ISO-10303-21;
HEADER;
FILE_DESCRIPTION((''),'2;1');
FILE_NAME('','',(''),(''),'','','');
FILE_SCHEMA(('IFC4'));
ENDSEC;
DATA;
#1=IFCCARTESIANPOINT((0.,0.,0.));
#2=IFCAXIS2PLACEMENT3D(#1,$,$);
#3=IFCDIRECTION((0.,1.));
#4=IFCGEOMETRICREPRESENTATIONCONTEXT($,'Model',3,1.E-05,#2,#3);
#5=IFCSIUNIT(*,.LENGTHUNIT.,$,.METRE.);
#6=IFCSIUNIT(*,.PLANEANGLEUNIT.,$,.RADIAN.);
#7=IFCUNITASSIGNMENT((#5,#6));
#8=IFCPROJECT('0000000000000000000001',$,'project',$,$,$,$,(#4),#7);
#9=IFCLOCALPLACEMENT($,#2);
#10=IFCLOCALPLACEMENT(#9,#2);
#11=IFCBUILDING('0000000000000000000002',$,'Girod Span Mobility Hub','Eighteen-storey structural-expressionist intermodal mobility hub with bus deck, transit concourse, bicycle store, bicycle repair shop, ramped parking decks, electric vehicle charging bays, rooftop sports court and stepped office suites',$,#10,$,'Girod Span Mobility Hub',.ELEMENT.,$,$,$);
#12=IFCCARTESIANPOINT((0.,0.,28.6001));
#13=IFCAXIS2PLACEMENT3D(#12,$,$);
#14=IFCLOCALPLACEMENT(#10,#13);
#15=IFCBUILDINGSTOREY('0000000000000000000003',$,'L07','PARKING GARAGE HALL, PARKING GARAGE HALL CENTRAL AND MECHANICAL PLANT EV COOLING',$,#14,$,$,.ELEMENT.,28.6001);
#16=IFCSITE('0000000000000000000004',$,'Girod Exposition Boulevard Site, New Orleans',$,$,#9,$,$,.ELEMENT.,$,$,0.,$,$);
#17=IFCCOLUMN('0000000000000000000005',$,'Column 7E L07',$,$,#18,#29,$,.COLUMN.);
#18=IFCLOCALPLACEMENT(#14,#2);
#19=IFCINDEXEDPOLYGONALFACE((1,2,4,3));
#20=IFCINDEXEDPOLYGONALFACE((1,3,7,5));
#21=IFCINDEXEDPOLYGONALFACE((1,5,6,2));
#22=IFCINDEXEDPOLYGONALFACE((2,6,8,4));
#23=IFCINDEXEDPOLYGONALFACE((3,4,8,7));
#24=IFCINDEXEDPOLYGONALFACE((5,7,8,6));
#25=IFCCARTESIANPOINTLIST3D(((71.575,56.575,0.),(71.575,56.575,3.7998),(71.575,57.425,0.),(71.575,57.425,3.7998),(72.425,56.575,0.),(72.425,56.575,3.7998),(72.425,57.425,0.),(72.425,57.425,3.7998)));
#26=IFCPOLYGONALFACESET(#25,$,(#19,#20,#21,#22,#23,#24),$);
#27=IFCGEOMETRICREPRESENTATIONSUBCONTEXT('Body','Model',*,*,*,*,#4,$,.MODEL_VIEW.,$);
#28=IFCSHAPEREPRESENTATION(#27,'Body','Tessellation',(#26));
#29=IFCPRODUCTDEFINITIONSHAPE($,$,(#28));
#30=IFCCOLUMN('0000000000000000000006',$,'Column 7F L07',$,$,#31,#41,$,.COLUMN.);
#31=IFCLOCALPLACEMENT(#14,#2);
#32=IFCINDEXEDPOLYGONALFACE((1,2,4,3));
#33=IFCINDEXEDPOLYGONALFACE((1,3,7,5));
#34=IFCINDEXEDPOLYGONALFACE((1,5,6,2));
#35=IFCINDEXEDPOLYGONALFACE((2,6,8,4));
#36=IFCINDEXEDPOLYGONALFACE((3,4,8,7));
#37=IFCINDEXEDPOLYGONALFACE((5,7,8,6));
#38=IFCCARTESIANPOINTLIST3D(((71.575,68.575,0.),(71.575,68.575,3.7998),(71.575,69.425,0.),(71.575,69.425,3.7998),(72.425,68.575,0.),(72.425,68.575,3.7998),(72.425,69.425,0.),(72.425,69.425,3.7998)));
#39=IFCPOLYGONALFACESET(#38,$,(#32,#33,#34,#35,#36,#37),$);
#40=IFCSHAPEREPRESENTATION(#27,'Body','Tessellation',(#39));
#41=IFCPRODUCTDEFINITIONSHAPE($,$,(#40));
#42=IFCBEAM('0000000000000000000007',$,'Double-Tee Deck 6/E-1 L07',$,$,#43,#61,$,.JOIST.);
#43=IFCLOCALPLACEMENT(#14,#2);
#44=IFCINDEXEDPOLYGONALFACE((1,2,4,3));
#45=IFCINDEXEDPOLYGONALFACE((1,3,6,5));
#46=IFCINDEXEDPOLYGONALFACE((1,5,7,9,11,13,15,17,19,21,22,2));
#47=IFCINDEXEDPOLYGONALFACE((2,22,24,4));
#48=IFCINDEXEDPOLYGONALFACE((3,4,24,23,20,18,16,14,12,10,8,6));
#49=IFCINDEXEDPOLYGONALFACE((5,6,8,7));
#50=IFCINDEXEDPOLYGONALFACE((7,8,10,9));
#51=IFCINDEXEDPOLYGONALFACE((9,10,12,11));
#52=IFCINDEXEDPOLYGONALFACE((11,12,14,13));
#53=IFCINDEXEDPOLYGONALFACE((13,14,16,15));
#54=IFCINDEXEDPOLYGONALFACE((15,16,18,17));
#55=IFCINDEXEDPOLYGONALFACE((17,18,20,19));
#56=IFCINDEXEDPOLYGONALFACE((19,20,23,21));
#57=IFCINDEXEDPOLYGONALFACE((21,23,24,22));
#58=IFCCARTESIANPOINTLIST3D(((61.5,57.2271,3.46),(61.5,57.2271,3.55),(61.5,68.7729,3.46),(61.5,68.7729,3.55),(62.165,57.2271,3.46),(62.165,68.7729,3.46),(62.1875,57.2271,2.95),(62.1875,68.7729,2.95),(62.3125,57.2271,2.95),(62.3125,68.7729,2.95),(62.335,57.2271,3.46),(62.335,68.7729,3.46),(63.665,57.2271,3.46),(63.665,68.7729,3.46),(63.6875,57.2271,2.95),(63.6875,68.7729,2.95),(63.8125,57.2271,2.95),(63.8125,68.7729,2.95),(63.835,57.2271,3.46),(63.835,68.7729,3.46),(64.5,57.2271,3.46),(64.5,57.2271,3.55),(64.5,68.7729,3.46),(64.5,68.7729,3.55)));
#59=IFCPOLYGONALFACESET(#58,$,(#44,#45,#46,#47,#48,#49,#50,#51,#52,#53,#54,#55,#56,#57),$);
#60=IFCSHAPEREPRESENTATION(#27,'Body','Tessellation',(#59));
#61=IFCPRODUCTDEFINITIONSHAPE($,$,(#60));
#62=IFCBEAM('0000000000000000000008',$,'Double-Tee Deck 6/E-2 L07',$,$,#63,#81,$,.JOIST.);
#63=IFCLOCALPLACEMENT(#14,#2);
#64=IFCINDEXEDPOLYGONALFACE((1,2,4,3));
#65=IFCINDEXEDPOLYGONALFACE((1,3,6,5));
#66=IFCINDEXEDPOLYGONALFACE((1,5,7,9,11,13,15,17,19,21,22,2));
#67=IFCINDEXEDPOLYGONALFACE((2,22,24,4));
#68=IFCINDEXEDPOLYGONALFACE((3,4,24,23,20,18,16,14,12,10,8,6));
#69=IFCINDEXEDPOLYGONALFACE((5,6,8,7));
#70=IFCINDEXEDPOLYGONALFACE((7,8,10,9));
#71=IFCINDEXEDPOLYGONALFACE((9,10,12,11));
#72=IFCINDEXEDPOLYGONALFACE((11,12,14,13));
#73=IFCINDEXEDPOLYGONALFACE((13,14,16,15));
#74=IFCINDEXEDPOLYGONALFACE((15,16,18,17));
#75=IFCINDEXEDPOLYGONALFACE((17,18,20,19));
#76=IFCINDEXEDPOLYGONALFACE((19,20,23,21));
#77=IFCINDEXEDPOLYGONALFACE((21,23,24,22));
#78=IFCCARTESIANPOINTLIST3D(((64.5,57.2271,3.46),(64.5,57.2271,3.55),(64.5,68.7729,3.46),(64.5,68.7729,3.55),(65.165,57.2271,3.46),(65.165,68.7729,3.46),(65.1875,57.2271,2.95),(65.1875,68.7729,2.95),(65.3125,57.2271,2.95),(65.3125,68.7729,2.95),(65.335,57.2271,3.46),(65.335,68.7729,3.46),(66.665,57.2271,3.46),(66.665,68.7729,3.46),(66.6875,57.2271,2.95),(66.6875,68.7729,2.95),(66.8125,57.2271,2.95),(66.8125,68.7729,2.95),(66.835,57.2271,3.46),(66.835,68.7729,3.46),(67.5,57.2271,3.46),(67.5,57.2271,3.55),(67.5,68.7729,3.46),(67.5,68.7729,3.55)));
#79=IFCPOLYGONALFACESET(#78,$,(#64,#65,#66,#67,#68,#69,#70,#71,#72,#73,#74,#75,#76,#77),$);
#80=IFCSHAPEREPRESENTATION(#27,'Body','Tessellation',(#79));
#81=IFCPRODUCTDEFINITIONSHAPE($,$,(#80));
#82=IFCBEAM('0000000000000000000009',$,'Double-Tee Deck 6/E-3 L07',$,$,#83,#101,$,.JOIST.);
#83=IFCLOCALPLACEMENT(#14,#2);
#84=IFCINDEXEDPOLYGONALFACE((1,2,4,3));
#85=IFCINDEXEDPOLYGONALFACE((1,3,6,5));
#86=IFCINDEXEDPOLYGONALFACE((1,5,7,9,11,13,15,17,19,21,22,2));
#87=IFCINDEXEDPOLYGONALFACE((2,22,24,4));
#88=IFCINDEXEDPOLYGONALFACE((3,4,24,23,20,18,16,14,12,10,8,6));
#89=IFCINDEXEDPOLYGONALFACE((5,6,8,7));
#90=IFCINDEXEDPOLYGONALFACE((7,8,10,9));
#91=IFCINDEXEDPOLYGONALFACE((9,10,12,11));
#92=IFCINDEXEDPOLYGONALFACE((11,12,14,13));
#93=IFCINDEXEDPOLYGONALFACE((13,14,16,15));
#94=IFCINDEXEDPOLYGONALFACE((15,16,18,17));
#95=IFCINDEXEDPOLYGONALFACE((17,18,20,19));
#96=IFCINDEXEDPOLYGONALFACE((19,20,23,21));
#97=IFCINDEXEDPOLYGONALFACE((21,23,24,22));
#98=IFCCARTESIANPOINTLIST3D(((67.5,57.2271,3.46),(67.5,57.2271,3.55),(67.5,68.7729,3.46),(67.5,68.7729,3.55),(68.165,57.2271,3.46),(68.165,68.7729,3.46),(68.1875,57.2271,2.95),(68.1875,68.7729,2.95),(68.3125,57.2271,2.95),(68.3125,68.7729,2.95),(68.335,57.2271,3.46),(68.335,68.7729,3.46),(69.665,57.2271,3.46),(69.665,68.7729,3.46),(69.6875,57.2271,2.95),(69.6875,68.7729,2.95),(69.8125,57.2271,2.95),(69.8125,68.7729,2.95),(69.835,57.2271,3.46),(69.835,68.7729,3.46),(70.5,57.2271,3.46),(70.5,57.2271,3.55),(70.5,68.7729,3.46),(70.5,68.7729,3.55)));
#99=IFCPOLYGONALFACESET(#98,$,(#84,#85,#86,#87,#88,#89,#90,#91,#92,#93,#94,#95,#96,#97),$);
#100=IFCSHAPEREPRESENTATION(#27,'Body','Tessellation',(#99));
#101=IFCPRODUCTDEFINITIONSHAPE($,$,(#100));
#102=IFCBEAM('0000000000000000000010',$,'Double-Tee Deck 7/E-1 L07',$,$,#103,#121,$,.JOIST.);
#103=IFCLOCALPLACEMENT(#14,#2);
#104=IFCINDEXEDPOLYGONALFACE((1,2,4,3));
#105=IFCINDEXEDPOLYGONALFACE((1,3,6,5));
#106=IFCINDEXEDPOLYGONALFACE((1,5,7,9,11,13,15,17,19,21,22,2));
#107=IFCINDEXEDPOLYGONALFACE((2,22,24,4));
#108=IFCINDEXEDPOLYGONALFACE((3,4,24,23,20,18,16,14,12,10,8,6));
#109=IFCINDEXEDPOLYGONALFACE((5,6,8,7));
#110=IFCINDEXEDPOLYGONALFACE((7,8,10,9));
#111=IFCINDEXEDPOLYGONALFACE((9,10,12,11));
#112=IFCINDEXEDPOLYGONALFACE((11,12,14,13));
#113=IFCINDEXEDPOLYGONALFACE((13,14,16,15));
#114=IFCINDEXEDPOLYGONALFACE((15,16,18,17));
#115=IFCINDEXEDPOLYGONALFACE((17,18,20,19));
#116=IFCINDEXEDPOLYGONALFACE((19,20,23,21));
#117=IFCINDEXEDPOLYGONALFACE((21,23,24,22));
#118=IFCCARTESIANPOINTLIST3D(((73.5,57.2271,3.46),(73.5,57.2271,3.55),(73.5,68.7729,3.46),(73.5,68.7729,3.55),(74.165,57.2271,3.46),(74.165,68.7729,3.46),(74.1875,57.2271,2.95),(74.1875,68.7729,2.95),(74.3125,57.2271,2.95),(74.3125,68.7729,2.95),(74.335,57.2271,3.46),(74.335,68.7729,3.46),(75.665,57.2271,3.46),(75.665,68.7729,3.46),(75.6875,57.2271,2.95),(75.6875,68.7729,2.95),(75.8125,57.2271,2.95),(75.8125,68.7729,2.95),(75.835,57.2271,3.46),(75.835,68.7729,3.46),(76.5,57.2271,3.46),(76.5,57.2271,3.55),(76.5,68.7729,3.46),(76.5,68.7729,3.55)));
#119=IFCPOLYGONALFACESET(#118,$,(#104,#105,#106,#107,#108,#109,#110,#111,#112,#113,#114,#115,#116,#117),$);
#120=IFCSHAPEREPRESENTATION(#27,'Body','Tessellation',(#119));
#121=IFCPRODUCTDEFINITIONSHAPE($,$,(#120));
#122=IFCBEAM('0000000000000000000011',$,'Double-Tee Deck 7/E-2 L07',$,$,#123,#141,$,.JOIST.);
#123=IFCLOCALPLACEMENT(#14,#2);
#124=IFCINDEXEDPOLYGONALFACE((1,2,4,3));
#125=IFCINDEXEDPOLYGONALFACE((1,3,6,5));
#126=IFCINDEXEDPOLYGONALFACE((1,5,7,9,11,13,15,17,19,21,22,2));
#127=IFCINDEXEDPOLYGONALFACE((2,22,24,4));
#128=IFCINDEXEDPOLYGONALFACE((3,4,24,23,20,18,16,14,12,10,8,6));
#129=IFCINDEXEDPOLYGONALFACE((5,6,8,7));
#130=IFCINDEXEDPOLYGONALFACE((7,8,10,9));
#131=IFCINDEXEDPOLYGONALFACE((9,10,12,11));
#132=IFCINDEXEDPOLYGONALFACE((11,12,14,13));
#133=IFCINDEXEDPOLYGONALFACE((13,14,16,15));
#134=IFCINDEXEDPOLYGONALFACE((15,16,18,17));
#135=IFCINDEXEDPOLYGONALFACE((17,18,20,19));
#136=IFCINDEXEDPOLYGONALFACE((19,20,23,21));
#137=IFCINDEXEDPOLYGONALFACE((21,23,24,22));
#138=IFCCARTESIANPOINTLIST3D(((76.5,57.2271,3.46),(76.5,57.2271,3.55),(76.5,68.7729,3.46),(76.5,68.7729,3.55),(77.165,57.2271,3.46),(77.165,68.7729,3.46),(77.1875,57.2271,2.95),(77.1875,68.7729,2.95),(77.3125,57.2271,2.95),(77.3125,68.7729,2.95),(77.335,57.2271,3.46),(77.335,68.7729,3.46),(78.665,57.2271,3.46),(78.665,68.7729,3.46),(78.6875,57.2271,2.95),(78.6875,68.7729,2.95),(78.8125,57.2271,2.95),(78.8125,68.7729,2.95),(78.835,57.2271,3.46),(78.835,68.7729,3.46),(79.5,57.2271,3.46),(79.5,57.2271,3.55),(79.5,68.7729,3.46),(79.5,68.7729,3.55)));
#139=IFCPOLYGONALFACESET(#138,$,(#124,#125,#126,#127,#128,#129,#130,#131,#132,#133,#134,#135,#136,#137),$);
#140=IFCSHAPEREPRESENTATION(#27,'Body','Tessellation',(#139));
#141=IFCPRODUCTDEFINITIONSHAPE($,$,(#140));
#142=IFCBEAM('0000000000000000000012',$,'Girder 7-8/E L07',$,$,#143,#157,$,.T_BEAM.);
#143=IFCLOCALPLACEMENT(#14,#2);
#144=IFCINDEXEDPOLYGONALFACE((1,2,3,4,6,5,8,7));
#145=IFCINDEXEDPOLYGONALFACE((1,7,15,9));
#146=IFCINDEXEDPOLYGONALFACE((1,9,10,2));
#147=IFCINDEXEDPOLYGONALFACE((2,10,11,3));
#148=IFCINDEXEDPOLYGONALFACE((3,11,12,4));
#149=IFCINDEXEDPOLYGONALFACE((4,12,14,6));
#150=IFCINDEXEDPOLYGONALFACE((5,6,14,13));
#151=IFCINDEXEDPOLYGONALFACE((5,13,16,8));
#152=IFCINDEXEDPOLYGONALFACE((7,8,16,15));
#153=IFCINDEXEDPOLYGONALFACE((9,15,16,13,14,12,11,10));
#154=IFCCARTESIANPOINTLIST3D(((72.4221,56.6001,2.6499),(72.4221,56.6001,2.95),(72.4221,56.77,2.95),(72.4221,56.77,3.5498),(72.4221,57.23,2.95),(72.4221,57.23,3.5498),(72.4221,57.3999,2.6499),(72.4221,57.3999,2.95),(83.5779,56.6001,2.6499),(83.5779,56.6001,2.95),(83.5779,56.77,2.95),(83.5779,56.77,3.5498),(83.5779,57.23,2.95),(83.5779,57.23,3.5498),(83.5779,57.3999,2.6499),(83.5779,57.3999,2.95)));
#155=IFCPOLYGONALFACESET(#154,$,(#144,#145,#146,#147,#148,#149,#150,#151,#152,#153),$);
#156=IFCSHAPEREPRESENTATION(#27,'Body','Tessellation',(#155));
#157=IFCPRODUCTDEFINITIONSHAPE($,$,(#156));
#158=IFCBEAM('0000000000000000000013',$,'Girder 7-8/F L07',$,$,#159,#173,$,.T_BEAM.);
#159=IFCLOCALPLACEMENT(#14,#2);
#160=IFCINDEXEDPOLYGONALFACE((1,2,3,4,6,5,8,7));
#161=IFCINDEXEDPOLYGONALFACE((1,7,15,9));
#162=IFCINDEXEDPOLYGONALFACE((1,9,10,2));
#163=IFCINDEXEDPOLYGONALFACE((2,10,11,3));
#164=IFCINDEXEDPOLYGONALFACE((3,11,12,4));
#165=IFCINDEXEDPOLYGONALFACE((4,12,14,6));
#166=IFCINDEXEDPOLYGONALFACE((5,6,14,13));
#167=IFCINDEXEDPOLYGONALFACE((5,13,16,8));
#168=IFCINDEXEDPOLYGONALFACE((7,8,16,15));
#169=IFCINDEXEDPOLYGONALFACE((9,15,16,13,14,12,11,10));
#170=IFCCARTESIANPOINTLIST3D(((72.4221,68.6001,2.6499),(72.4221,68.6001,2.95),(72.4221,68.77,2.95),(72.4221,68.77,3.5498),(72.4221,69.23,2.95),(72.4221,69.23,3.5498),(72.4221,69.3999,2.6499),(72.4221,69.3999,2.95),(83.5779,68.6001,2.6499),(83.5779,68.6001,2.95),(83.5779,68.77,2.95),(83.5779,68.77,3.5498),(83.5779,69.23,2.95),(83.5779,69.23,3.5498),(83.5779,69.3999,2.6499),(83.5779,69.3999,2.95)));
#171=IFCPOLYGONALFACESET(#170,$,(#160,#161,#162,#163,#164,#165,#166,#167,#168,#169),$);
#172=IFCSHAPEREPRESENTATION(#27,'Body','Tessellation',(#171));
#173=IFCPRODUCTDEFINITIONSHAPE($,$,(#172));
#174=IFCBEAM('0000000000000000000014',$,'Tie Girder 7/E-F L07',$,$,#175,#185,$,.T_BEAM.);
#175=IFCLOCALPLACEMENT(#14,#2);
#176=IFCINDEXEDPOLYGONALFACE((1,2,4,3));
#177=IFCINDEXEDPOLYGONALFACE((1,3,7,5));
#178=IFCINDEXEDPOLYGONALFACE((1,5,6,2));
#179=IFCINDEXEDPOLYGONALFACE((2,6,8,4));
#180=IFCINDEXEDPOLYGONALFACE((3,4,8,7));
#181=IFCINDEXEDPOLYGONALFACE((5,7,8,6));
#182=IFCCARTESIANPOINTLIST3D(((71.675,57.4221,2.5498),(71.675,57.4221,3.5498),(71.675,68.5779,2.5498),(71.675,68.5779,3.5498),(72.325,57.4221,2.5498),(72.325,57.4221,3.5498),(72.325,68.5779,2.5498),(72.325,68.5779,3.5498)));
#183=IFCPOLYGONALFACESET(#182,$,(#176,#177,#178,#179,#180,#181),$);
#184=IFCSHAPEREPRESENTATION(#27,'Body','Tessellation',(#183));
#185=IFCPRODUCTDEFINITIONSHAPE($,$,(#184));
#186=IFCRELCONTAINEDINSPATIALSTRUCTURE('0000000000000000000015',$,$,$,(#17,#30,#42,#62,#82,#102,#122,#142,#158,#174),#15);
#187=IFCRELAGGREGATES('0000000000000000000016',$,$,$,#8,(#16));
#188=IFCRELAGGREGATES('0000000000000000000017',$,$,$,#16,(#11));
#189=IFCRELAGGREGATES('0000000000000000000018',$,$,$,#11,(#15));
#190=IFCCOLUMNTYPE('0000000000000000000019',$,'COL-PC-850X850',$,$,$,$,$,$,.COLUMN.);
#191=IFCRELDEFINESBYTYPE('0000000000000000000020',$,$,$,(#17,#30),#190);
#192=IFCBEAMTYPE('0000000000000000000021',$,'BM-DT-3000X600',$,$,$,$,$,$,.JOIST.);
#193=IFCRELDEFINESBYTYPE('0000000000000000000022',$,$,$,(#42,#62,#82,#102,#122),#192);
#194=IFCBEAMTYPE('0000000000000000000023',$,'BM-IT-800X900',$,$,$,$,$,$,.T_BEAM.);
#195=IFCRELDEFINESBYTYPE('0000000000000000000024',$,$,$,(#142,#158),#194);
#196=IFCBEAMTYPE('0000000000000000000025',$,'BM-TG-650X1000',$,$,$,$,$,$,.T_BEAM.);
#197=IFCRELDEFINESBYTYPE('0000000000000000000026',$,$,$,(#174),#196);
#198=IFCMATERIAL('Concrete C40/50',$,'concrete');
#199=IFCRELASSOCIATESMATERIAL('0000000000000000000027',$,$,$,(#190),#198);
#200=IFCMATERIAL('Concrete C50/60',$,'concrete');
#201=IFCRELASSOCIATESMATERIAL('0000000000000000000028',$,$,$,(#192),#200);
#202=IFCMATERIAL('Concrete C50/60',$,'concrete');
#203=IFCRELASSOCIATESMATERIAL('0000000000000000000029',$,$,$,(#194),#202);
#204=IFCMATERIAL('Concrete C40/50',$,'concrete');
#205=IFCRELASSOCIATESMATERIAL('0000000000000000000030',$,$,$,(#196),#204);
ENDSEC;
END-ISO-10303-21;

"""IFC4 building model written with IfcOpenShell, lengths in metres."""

from ifc_helpers import new_model, si_unit, direction, frame, origin, origin_2d, place, context, subcontext, project, spatial, polyline, rectangle, outline, extrude, material, material_profile, profile_set, type_object, element, save


model = new_model("IFC4")

# Units and contexts
model_context = context("Model", 3, precision=1e-05, world=origin(), true_north=direction((0.0, 1.0)))
body_context = subcontext(model_context, "Body", "Model", "MODEL_VIEW")
ifc_project = project(units=[si_unit("LENGTHUNIT", "METRE"), si_unit("PLANEANGLEUNIT", "RADIAN")], contexts=[model_context])

# Site, building, storey
site_placement = place(None, origin())
site = spatial("IfcSite", under=ifc_project, at=site_placement, Name="Girod Exposition Boulevard Site, New Orleans", CompositionType="ELEMENT", RefElevation=0.0)
building_placement = place(site_placement, origin())
building = spatial("IfcBuilding", under=site, at=building_placement, Name="Girod Span Mobility Hub", Description="Eighteen-storey structural-expressionist intermodal mobility hub with bus deck, transit concourse, bicycle store, bicycle repair shop, ramped parking decks, electric vehicle charging bays, rooftop sports court and stepped office suites", LongName="Girod Span Mobility Hub", CompositionType="ELEMENT")
storey_placement = place(building_placement, frame((0.0, 0.0, 28.6001)))
storey = spatial("IfcBuildingStorey", under=building, at=storey_placement, Name="L07", Description="PARKING GARAGE HALL, PARKING GARAGE HALL CENTRAL AND MECHANICAL PLANT EV COOLING", CompositionType="ELEMENT", Elevation=28.6001)

# Columns
ifc_material_1 = material(Name="Concrete C40/50", Category="concrete")
ifc_material_profile_1 = material_profile(ifc_material_1, rectangle(XDim=0.8501, YDim=0.8501, at=origin_2d()), Name="PC-COL-850X850")
ifc_profile_set_1 = profile_set([ifc_material_profile_1], Name="Concrete C40/50")
column_type = type_object("IfcColumnType", Name="COL-PC-850X850", PredefinedType="COLUMN", material=ifc_profile_set_1)
for number, where, z_axis, x_axis, name in (
    (1, (72.0, 57.0, 0.0), (0.0, 0.0, 1.0), (1.0, 0.0, 0.0), "Column 7E L07"),
    (2, (72.0, 69.0, 0.0), (0.0, 0.0, 1.0), (1.0, 0.0, 0.0), "Column 7F L07"),
):
    element("IfcColumn", number, at=place(storey_placement, frame(where, z_axis=z_axis, x_axis=x_axis)), inside=storey, type_object=column_type, Name=name, PredefinedType="COLUMN", context=body_context, shape_type="SweptSolid", body=[
        extrude(rectangle(XDim=0.8501, YDim=0.8501, at=origin_2d()), origin(), (0.0, 0.0, 1.0), 3.7998),
    ])

# Beams
ifc_material_2 = material(Name="Concrete C50/60", Category="concrete")
ifc_material_profile_2 = material_profile(ifc_material_2, outline(polyline([(-1.5, 0.3), (-1.5, 0.21), (-0.835, 0.21), (-0.8125, -0.3), (-0.6875, -0.3), (-0.665, 0.21), (0.665, 0.21), (0.6875, -0.3), (0.8125, -0.3), (0.835, 0.21), (1.5, 0.21), (1.5, 0.3), (-1.5, 0.3)])), Name="DT-3000X600")
ifc_profile_set_2 = profile_set([ifc_material_profile_2], Name="Concrete C50/60")
beam_type_1 = type_object("IfcBeamType", Name="BM-DT-3000X600", PredefinedType="JOIST", material=ifc_profile_set_2)
for number, where, z_axis, x_axis, name in (
    (3, (63.0, 57.2271, 3.25), (0.0, 1.0, 0.0), (-1.0, 0.0, 0.0), "Double-Tee Deck 6/E-1 L07"),
    (4, (66.0, 57.2271, 3.25), (0.0, 1.0, 0.0), (-1.0, 0.0, 0.0), "Double-Tee Deck 6/E-2 L07"),
    (5, (69.0, 57.2271, 3.25), (0.0, 1.0, 0.0), (-1.0, 0.0, 0.0), "Double-Tee Deck 6/E-3 L07"),
    (6, (75.0, 57.2271, 3.25), (0.0, 1.0, 0.0), (-1.0, 0.0, 0.0), "Double-Tee Deck 7/E-1 L07"),
    (7, (78.0, 57.2271, 3.25), (0.0, 1.0, 0.0), (-1.0, 0.0, 0.0), "Double-Tee Deck 7/E-2 L07"),
):
    element("IfcBeam", number, at=place(storey_placement, frame(where, z_axis=z_axis, x_axis=x_axis)), inside=storey, type_object=beam_type_1, Name=name, PredefinedType="JOIST", context=body_context, shape_type="SweptSolid", body=[
        extrude(outline(polyline([(-1.5, 0.3), (-1.5, 0.21), (-0.835, 0.21), (-0.8125, -0.3), (-0.6875, -0.3), (-0.665, 0.21), (0.665, 0.21), (0.6875, -0.3), (0.8125, -0.3), (0.835, 0.21), (1.5, 0.21), (1.5, 0.3), (-1.5, 0.3)])), origin(), (0.0, 0.0, 1.0), 11.5459),
    ])
ifc_material_3 = material(Name="Concrete C50/60", Category="concrete")
ifc_material_profile_3 = material_profile(ifc_material_3, outline(polyline([(-0.3999, -0.45), (0.3999, -0.45), (0.3999, -0.1499), (0.23, -0.1499), (0.23, 0.45), (-0.23, 0.45), (-0.23, -0.1499), (-0.3999, -0.1499), (-0.3999, -0.45)])), Name="IT-800X900")
ifc_profile_set_3 = profile_set([ifc_material_profile_3], Name="Concrete C50/60")
beam_type_2 = type_object("IfcBeamType", Name="BM-IT-800X900", PredefinedType="T_BEAM", material=ifc_profile_set_3)
for number, where, z_axis, x_axis, name in (
    (8, (72.4221, 57.0, 3.0999), (1.0, 0.0, 0.0), (0.0, 1.0, 0.0), "Girder 7-8/E L07"),
    (9, (72.4221, 69.0, 3.0999), (1.0, 0.0, 0.0), (0.0, 1.0, 0.0), "Girder 7-8/F L07"),
):
    element("IfcBeam", number, at=place(storey_placement, frame(where, z_axis=z_axis, x_axis=x_axis)), inside=storey, type_object=beam_type_2, Name=name, PredefinedType="T_BEAM", context=body_context, shape_type="SweptSolid", body=[
        extrude(outline(polyline([(-0.3999, -0.45), (0.3999, -0.45), (0.3999, -0.1499), (0.23, -0.1499), (0.23, 0.45), (-0.23, 0.45), (-0.23, -0.1499), (-0.3999, -0.1499), (-0.3999, -0.45)])), origin(), (0.0, 0.0, 1.0), 11.1558),
    ])
ifc_material_4 = material(Name="Concrete C40/50", Category="concrete")
ifc_material_profile_4 = material_profile(ifc_material_4, rectangle(XDim=0.6499, YDim=1.0, at=origin_2d()), Name="TG-650X1000")
ifc_profile_set_4 = profile_set([ifc_material_profile_4], Name="Concrete C40/50")
beam_type_3 = type_object("IfcBeamType", Name="BM-TG-650X1000", PredefinedType="T_BEAM", material=ifc_profile_set_4)
beam_placement = place(storey_placement, frame((72.0, 57.4221, 3.0498), z_axis=(0.0, 1.0, 0.0), x_axis=(-1.0, 0.0, 0.0)))
element("IfcBeam", 10, at=beam_placement, inside=storey, type_object=beam_type_3, Name="Tie Girder 7/E-F L07", PredefinedType="T_BEAM", context=body_context, shape_type="SweptSolid", body=[
    extrude(rectangle(XDim=0.6499, YDim=1.0, at=origin_2d()), origin(), (0.0, 0.0, 1.0), 11.1558),
])

save(model, "model.ifc")
